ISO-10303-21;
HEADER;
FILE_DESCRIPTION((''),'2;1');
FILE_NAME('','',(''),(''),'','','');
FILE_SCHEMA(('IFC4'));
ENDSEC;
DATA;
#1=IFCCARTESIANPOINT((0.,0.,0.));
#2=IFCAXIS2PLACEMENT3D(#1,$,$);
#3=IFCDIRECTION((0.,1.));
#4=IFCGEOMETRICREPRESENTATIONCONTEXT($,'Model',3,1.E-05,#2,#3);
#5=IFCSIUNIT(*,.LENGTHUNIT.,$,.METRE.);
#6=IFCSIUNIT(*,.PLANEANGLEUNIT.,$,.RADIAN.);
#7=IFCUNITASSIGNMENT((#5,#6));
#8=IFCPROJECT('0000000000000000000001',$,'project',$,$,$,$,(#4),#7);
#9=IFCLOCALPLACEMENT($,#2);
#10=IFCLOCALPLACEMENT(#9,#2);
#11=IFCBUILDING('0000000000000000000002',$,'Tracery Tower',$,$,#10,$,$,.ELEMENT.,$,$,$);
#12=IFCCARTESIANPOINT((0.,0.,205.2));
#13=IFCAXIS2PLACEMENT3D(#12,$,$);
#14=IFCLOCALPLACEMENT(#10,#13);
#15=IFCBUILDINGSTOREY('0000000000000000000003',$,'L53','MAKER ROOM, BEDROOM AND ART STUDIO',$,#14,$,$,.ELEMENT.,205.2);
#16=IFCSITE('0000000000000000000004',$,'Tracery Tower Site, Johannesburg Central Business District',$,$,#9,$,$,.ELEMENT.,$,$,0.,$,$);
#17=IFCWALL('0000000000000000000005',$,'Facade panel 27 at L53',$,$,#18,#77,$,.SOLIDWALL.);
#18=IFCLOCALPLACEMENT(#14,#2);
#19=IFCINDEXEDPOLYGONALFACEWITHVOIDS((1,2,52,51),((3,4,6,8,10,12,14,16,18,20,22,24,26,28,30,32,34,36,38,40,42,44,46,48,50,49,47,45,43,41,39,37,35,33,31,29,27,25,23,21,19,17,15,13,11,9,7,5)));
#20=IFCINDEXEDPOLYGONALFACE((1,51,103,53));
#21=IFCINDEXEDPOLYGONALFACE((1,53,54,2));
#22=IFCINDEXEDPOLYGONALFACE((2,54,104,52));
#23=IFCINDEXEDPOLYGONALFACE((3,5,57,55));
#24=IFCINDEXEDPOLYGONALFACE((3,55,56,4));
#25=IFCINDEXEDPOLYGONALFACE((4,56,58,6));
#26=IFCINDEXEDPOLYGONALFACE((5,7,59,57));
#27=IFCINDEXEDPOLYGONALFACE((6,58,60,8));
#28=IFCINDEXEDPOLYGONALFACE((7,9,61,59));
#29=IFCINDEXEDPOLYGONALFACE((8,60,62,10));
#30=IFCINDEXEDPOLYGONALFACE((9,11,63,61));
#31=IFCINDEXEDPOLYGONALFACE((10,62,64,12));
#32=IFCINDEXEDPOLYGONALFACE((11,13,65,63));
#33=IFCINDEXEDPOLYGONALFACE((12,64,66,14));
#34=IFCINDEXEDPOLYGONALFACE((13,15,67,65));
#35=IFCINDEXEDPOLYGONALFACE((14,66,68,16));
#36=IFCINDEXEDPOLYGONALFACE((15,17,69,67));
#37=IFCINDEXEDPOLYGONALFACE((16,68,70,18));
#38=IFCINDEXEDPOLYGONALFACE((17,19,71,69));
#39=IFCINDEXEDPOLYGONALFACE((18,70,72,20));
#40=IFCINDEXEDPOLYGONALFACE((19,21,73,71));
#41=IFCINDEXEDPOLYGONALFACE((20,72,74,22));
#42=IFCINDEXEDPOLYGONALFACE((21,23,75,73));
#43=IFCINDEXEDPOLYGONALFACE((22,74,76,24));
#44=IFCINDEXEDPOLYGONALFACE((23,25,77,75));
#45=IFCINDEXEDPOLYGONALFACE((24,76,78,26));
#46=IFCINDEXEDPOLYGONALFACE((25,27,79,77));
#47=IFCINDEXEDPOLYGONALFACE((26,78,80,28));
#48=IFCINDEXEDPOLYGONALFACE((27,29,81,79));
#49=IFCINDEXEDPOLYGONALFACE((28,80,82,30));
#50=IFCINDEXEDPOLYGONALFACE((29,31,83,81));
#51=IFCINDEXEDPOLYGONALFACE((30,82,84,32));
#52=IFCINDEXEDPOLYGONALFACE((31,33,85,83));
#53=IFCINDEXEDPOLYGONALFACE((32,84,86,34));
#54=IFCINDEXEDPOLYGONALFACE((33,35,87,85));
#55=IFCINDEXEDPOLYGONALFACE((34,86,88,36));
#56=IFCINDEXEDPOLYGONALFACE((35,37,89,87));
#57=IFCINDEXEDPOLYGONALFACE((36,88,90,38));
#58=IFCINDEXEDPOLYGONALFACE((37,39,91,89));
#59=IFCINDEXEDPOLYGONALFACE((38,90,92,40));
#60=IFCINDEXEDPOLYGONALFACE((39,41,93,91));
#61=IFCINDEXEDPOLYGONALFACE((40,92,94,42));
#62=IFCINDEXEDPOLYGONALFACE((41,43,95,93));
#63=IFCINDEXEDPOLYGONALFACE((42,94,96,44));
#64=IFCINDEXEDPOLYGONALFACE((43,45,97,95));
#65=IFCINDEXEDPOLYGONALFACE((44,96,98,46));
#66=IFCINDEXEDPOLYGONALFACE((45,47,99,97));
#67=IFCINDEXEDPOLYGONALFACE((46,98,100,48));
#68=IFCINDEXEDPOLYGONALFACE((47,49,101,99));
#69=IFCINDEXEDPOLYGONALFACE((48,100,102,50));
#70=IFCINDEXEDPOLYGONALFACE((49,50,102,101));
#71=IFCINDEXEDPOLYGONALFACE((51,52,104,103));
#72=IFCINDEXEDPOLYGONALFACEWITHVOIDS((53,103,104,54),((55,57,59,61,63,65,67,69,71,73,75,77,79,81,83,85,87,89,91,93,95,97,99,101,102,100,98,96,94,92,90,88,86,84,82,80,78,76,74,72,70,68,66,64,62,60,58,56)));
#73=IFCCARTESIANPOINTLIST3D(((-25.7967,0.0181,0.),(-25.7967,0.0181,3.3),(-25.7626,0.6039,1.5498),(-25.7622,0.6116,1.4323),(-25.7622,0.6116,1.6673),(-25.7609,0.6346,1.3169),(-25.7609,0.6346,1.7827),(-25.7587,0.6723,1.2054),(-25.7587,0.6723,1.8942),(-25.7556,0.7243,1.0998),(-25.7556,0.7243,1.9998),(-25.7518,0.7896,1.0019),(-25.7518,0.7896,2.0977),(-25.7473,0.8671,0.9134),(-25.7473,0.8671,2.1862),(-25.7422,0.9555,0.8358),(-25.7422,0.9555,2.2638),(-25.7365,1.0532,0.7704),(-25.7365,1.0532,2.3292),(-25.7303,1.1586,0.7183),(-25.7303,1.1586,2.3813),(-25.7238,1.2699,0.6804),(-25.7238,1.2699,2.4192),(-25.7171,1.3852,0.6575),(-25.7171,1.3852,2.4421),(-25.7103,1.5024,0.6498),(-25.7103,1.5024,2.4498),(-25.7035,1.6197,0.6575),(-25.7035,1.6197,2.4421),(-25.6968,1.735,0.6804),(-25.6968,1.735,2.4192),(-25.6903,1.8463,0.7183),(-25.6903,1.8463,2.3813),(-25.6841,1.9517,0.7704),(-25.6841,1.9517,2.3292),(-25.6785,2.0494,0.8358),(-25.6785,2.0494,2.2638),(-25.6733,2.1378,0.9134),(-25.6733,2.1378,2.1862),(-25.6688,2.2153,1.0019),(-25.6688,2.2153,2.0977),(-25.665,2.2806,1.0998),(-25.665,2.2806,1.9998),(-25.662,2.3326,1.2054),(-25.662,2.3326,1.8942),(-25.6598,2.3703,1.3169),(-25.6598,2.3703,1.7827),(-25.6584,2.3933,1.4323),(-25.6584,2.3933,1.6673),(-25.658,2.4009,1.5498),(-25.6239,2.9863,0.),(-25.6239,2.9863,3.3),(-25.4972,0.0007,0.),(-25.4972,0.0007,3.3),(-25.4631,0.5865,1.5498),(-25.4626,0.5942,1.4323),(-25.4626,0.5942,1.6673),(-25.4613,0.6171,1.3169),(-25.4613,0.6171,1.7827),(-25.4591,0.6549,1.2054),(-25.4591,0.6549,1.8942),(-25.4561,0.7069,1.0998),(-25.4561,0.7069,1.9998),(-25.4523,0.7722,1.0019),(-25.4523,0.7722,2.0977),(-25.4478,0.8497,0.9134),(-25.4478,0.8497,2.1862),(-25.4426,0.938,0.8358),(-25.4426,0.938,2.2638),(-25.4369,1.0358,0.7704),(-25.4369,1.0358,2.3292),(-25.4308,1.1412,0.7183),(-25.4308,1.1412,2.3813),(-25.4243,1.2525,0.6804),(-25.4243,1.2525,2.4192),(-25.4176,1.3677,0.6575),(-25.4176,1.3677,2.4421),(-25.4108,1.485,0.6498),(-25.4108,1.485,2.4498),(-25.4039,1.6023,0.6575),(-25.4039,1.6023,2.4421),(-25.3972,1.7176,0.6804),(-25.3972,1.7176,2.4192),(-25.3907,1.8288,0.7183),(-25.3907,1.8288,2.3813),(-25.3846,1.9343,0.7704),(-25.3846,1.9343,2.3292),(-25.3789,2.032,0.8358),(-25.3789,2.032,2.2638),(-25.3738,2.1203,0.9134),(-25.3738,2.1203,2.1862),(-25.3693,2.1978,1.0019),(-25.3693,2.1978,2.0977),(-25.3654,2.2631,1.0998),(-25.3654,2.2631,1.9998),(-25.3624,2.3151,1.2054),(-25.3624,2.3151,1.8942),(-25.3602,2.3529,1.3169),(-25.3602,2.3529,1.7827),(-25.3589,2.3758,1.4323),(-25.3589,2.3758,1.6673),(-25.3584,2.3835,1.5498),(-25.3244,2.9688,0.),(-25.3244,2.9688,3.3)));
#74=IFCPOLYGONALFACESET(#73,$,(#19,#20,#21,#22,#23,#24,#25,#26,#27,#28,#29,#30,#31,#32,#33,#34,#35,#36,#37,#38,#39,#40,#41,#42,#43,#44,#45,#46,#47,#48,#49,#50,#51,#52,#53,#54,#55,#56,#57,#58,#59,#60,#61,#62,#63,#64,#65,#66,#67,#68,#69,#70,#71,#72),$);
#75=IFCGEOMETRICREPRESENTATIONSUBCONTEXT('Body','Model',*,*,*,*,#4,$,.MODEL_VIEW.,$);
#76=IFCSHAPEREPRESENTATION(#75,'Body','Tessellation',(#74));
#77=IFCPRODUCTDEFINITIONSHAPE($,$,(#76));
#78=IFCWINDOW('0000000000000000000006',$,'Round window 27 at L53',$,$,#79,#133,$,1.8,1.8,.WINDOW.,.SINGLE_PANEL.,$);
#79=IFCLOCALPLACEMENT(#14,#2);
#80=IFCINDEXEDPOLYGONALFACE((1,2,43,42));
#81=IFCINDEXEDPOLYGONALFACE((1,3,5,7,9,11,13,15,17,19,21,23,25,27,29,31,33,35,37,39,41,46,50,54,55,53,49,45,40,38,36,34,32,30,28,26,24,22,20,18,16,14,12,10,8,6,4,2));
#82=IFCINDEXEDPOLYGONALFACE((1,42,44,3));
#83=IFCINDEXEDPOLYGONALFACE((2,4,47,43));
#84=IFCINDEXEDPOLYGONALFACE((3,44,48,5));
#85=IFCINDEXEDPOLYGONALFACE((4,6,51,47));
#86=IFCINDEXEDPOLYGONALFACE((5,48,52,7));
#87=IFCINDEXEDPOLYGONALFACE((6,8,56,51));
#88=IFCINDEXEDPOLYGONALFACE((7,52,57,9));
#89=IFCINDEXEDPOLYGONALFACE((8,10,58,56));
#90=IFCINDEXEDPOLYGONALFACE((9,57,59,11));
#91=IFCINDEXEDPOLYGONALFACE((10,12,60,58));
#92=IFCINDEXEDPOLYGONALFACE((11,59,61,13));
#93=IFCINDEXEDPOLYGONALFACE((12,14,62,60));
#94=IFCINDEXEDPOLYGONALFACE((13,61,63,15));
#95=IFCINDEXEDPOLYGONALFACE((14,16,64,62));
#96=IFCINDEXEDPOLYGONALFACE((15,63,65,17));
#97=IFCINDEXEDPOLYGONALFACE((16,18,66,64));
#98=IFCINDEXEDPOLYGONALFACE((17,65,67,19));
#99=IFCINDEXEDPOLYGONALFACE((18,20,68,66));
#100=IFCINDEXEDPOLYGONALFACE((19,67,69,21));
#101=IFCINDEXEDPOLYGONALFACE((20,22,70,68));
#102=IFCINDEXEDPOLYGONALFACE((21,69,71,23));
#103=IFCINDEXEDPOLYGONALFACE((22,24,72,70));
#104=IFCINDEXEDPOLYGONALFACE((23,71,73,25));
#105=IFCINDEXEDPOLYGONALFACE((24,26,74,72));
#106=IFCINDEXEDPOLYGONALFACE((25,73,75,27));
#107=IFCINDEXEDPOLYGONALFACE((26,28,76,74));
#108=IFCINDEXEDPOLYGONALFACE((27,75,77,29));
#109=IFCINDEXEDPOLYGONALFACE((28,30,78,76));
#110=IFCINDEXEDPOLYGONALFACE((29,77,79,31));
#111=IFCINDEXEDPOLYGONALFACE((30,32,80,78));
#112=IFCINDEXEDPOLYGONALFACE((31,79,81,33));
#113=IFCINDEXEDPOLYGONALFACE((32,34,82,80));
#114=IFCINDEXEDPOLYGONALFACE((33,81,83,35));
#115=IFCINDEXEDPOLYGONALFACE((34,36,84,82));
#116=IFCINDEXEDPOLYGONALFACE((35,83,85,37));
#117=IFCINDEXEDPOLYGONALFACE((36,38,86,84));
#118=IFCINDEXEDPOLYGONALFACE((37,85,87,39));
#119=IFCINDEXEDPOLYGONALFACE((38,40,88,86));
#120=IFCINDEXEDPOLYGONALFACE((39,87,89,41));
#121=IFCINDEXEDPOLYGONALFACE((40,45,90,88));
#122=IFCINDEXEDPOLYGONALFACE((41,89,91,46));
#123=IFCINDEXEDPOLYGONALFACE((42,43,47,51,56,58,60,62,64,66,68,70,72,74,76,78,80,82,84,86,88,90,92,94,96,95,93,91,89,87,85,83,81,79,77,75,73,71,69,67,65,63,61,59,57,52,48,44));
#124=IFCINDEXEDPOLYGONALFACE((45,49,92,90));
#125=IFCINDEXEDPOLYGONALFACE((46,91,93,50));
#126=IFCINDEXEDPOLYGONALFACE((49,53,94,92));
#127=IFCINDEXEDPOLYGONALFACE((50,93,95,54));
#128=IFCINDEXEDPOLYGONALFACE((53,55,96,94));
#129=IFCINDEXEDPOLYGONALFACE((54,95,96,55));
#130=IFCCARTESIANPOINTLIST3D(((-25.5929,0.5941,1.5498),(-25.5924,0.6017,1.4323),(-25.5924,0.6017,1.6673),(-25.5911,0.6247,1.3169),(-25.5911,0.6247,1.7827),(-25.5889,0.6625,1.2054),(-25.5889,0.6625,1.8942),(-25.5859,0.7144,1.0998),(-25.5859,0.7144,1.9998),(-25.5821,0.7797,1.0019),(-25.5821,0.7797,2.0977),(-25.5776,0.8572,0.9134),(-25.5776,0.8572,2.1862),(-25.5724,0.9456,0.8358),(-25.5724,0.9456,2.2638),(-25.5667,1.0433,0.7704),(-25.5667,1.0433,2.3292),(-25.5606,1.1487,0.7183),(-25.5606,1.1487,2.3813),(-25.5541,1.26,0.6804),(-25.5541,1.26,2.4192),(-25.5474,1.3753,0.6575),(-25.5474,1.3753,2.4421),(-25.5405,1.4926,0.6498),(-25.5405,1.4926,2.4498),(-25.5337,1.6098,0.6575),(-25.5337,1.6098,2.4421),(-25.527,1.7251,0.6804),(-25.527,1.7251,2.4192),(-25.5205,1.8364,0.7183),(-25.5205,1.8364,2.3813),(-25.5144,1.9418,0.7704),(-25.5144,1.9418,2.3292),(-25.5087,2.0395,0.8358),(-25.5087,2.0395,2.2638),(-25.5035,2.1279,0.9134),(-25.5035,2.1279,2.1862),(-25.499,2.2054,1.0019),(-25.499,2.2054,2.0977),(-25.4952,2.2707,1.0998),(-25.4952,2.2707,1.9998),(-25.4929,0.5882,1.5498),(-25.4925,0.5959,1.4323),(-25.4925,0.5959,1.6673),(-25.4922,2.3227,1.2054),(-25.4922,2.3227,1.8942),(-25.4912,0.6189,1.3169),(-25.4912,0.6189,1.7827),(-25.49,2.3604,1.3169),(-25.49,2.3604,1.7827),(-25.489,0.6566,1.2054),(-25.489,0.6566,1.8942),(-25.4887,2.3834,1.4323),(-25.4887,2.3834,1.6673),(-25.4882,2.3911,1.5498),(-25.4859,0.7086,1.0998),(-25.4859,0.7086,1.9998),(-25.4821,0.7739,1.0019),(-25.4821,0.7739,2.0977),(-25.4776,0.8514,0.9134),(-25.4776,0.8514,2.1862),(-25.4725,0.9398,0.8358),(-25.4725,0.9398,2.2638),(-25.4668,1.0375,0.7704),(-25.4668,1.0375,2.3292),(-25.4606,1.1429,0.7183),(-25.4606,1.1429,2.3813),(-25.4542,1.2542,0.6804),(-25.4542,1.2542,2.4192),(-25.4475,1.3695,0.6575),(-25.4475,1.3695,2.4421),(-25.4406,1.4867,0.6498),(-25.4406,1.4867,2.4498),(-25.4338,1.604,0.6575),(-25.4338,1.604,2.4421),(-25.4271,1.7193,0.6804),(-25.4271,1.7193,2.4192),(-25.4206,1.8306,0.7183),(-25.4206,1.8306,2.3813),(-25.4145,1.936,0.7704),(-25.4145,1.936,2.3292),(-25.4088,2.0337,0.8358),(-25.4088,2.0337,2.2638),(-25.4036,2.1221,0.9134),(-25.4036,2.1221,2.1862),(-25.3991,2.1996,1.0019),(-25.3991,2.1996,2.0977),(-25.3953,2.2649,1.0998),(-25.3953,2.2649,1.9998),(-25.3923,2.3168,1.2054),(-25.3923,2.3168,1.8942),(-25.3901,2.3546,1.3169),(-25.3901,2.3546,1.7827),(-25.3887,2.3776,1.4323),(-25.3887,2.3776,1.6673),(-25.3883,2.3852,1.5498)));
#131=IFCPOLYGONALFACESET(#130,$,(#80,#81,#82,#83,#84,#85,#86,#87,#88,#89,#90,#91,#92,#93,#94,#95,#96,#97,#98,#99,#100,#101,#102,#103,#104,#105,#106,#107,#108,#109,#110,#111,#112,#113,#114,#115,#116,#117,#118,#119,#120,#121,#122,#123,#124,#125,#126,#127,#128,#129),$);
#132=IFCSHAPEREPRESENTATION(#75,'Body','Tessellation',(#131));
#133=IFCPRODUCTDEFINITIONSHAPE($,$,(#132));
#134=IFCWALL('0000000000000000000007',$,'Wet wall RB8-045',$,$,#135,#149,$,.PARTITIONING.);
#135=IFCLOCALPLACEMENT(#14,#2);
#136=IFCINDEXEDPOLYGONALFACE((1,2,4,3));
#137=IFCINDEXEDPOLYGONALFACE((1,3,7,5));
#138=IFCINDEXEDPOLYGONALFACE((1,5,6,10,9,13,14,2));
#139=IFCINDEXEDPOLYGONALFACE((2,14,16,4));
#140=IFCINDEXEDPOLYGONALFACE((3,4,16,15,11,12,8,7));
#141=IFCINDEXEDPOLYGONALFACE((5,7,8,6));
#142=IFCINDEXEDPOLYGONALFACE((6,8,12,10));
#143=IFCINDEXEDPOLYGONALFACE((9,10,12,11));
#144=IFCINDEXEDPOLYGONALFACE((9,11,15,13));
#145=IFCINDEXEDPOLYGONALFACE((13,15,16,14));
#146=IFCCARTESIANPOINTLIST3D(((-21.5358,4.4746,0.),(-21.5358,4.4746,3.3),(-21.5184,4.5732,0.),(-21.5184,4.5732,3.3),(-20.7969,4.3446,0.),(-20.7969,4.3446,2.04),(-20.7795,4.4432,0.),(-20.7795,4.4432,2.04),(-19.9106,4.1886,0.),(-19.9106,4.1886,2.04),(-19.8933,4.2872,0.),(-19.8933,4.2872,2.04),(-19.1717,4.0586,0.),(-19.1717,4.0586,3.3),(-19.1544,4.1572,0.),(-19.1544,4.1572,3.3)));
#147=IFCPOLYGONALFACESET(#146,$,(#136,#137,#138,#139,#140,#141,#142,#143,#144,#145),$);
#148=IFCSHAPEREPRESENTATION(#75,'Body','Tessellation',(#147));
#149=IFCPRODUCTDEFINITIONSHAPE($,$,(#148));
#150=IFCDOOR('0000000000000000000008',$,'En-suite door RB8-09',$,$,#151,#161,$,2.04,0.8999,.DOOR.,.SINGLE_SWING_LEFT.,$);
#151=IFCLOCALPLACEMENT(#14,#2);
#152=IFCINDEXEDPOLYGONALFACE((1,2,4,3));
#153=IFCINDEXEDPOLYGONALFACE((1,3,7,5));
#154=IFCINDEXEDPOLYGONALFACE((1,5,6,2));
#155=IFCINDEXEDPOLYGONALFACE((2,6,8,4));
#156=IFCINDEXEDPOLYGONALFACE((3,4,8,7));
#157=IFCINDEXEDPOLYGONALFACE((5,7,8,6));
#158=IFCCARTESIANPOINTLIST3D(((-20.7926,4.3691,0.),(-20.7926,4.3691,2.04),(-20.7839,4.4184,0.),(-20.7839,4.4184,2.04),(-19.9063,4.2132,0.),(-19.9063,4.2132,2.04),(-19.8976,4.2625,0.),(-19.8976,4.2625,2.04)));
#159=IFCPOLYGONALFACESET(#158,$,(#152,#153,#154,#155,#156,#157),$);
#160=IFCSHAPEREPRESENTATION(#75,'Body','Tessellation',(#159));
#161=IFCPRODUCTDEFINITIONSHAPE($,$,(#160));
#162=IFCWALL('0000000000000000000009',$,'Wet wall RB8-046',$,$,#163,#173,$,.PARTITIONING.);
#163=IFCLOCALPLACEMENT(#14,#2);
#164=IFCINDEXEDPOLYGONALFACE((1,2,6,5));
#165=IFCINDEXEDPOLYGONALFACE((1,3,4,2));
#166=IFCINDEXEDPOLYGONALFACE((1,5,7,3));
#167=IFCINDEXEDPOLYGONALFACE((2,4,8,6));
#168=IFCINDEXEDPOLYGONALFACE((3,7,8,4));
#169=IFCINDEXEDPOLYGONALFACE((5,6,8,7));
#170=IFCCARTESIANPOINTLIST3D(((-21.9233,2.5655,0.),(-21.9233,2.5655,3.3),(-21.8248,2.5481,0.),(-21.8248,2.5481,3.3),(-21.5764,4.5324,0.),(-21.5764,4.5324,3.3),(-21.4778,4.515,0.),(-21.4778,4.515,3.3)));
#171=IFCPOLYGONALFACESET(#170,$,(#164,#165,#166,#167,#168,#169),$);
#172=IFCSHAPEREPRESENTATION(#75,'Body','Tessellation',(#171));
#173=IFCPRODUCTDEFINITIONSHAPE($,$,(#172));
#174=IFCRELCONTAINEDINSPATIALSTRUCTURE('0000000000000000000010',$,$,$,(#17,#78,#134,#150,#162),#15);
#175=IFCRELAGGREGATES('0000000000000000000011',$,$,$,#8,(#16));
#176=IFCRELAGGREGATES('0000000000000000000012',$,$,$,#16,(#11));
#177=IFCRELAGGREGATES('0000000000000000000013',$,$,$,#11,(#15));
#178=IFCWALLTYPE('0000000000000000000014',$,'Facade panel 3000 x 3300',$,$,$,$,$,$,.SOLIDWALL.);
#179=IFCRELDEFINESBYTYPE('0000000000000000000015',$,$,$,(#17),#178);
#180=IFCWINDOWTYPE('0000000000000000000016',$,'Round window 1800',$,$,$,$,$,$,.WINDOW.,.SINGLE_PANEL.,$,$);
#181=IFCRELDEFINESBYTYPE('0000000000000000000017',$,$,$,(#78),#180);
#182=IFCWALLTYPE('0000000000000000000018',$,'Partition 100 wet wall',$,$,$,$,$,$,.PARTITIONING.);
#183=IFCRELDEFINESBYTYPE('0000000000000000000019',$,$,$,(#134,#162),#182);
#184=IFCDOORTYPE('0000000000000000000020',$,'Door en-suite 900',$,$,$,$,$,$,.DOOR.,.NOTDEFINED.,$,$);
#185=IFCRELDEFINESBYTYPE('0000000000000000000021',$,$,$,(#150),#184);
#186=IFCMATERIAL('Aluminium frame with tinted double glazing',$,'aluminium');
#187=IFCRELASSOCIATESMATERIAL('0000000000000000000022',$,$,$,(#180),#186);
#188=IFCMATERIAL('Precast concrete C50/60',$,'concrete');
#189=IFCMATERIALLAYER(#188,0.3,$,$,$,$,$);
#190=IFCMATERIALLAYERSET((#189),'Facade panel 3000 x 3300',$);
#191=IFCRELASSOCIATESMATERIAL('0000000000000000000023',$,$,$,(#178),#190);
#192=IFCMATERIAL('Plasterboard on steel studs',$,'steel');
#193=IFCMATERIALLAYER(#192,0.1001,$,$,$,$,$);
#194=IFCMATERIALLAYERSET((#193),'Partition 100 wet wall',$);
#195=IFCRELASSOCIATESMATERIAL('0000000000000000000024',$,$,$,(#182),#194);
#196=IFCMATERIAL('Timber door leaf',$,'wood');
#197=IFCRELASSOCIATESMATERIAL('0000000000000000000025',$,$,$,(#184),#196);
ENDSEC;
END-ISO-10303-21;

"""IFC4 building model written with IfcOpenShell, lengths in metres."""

from ifc_helpers import new_model, si_unit, direction, frame, frame_2d, origin, origin_2d, place, context, subcontext, project, spatial, rectangle, circle, extrude, material, layer, layer_set, type_object, element, fill, save


model = new_model("IFC4")

# Units and contexts
model_context = context("Model", 3, precision=1e-05, world=origin(), true_north=direction((0.0, 1.0)))
body_context = subcontext(model_context, "Body", "Model", "MODEL_VIEW")
ifc_project = project(units=[si_unit("LENGTHUNIT", "METRE"), si_unit("PLANEANGLEUNIT", "RADIAN")], contexts=[model_context])

# Site, building, storey
site_placement = place(None, origin())
site = spatial("IfcSite", under=ifc_project, at=site_placement, Name="Tracery Tower Site, Johannesburg Central Business District", CompositionType="ELEMENT", RefElevation=0.0)
building_placement = place(site_placement, origin())
building = spatial("IfcBuilding", under=site, at=building_placement, Name="Tracery Tower", CompositionType="ELEMENT")
storey_placement = place(building_placement, frame((0.0, 0.0, 205.2)))
storey = spatial("IfcBuildingStorey", under=building, at=storey_placement, Name="L53", Description="MAKER ROOM, BEDROOM AND ART STUDIO", CompositionType="ELEMENT", Elevation=205.2)

# Wall, opening, window
ifc_material_1 = material(Name="Aluminium frame with tinted double glazing", Category="aluminium")
window_type = type_object("IfcWindowType", Name="Round window 1800", PartitioningType="SINGLE_PANEL", PredefinedType="WINDOW", material=ifc_material_1)
ifc_material_2 = material(Name="Precast concrete C50/60", Category="concrete")
ifc_layer_1 = layer(ifc_material_2, 0.3)
ifc_layer_set_1 = layer_set([ifc_layer_1], Name="Facade panel 3000 x 3300")
wall_type_1 = type_object("IfcWallType", Name="Facade panel 3000 x 3300", PredefinedType="SOLIDWALL", material=ifc_layer_set_1)
wall_1_placement = place(storey_placement, frame((-25.4741, 2.9775, 0.0), z_axis=(0.0, 0.0, 1.0), x_axis=(-0.05814, -0.998308, 0.0)))
wall_1 = element("IfcWall", 1, at=wall_1_placement, inside=storey, type_object=wall_type_1, Name="Facade panel 27 at L53", PredefinedType="SOLIDWALL", context=body_context, shape_type="SweptSolid", body=[
    extrude(rectangle(XDim=2.9731, YDim=0.3, at=frame_2d((1.4866, 0.0))), origin(), (0.0, 0.0, 1.0), 3.3),
])
opening_1_placement = place(wall_1_placement, frame((1.4863, 0.0, 1.5498)))
opening_1 = element("IfcOpeningElement", 2, at=opening_1_placement, cuts=wall_1, PredefinedType="OPENING", context=body_context, shape_type="SweptSolid", body=[
    extrude(circle(Radius=0.9, at=origin_2d()), frame((0.0, 0.1599, 0.0), z_axis=(0.0, -1.0, 0.0), x_axis=(1.0, 0.0, 0.0)), (0.0, 0.0, 1.0), 0.3201),
])
window_1_placement = place(opening_1_placement, origin())
window_1 = element("IfcWindow", 3, at=window_1_placement, inside=storey, type_object=window_type, Name="Round window 27 at L53", OverallHeight=1.8, OverallWidth=1.8, PartitioningType="SINGLE_PANEL", PredefinedType="WINDOW", context=body_context, shape_type="SweptSolid", body=[
    extrude(circle(Radius=0.9, at=origin_2d()), frame((0.0, 0.1201, 0.0), z_axis=(0.0, -1.0, 0.0), x_axis=(1.0, 0.0, 0.0)), (0.0, 0.0, 1.0), 0.1001),
])
fill(opening_1, window_1)

# Wall, opening, door
ifc_material_3 = material(Name="Plasterboard on steel studs", Category="steel")
ifc_layer_2 = layer(ifc_material_3, 0.1001)
ifc_layer_set_2 = layer_set([ifc_layer_2], Name="Partition 100 wet wall")
wall_type_2 = type_object("IfcWallType", Name="Partition 100 wet wall", PredefinedType="PARTITIONING", material=ifc_layer_set_2)
wall_2_placement = place(storey_placement, frame((-21.5271, 4.5239, 0.0), z_axis=(0.0, 0.0, 1.0), x_axis=(0.984866, -0.173315, 0.0)))
wall_2 = element("IfcWall", 4, at=wall_2_placement, inside=storey, type_object=wall_type_2, Name="Wet wall RB8-045", PredefinedType="PARTITIONING", context=body_context, shape_type="SweptSolid", body=[
    extrude(rectangle(XDim=2.4004, YDim=0.1001, at=frame_2d((1.2002, 0.0))), origin(), (0.0, 0.0, 1.0), 3.3),
])
opening_2_placement = place(wall_2_placement, frame((0.7502, 0.0, 0.0)))
opening_2 = element("IfcOpeningElement", 5, at=opening_2_placement, cuts=wall_2, PredefinedType="OPENING", context=body_context, shape_type="SweptSolid", body=[
    extrude(rectangle(XDim=0.8999, YDim=2.04, at=frame_2d((0.45, 1.02))), frame((0.0, 0.05, 0.0), z_axis=(0.0, -1.0, 0.0), x_axis=(1.0, 0.0, 0.0)), (0.0, 0.0, 1.0), 0.1001),
])
ifc_material_4 = material(Name="Timber door leaf", Category="wood")
door_type_1 = type_object("IfcDoorType", Name="Door en-suite 900", OperationType="NOTDEFINED", PredefinedType="DOOR", material=ifc_material_4)
door_1_placement = place(opening_2_placement, origin())
door_1 = element("IfcDoor", 6, at=door_1_placement, inside=storey, type_object=door_type_1, Name="En-suite door RB8-09", OperationType="SINGLE_SWING_LEFT", OverallHeight=2.04, OverallWidth=0.8999, PredefinedType="DOOR", context=body_context, shape_type="SweptSolid", body=[
    extrude(rectangle(XDim=0.8999, YDim=2.04, at=frame_2d((0.45, 1.02))), frame((0.0, 0.0249, 0.0), z_axis=(0.0, -1.0, 0.0), x_axis=(1.0, 0.0, 0.0)), (0.0, 0.0, 1.0), 0.05),
])
fill(opening_2, door_1)

# Wall
wall_3_placement = place(storey_placement, frame((-21.874, 2.5569, 0.0), z_axis=(0.0, 0.0, 1.0), x_axis=(0.173688, 0.984801, 0.0)))
element("IfcWall", 7, at=wall_3_placement, inside=storey, type_object=wall_type_2, Name="Wet wall RB8-046", PredefinedType="PARTITIONING", context=body_context, shape_type="SweptSolid", body=[
    extrude(rectangle(XDim=1.9973, YDim=0.1001, at=frame_2d((0.9985, 0.0))), origin(), (0.0, 0.0, 1.0), 3.3),
])

save(model, "model.ifc")
